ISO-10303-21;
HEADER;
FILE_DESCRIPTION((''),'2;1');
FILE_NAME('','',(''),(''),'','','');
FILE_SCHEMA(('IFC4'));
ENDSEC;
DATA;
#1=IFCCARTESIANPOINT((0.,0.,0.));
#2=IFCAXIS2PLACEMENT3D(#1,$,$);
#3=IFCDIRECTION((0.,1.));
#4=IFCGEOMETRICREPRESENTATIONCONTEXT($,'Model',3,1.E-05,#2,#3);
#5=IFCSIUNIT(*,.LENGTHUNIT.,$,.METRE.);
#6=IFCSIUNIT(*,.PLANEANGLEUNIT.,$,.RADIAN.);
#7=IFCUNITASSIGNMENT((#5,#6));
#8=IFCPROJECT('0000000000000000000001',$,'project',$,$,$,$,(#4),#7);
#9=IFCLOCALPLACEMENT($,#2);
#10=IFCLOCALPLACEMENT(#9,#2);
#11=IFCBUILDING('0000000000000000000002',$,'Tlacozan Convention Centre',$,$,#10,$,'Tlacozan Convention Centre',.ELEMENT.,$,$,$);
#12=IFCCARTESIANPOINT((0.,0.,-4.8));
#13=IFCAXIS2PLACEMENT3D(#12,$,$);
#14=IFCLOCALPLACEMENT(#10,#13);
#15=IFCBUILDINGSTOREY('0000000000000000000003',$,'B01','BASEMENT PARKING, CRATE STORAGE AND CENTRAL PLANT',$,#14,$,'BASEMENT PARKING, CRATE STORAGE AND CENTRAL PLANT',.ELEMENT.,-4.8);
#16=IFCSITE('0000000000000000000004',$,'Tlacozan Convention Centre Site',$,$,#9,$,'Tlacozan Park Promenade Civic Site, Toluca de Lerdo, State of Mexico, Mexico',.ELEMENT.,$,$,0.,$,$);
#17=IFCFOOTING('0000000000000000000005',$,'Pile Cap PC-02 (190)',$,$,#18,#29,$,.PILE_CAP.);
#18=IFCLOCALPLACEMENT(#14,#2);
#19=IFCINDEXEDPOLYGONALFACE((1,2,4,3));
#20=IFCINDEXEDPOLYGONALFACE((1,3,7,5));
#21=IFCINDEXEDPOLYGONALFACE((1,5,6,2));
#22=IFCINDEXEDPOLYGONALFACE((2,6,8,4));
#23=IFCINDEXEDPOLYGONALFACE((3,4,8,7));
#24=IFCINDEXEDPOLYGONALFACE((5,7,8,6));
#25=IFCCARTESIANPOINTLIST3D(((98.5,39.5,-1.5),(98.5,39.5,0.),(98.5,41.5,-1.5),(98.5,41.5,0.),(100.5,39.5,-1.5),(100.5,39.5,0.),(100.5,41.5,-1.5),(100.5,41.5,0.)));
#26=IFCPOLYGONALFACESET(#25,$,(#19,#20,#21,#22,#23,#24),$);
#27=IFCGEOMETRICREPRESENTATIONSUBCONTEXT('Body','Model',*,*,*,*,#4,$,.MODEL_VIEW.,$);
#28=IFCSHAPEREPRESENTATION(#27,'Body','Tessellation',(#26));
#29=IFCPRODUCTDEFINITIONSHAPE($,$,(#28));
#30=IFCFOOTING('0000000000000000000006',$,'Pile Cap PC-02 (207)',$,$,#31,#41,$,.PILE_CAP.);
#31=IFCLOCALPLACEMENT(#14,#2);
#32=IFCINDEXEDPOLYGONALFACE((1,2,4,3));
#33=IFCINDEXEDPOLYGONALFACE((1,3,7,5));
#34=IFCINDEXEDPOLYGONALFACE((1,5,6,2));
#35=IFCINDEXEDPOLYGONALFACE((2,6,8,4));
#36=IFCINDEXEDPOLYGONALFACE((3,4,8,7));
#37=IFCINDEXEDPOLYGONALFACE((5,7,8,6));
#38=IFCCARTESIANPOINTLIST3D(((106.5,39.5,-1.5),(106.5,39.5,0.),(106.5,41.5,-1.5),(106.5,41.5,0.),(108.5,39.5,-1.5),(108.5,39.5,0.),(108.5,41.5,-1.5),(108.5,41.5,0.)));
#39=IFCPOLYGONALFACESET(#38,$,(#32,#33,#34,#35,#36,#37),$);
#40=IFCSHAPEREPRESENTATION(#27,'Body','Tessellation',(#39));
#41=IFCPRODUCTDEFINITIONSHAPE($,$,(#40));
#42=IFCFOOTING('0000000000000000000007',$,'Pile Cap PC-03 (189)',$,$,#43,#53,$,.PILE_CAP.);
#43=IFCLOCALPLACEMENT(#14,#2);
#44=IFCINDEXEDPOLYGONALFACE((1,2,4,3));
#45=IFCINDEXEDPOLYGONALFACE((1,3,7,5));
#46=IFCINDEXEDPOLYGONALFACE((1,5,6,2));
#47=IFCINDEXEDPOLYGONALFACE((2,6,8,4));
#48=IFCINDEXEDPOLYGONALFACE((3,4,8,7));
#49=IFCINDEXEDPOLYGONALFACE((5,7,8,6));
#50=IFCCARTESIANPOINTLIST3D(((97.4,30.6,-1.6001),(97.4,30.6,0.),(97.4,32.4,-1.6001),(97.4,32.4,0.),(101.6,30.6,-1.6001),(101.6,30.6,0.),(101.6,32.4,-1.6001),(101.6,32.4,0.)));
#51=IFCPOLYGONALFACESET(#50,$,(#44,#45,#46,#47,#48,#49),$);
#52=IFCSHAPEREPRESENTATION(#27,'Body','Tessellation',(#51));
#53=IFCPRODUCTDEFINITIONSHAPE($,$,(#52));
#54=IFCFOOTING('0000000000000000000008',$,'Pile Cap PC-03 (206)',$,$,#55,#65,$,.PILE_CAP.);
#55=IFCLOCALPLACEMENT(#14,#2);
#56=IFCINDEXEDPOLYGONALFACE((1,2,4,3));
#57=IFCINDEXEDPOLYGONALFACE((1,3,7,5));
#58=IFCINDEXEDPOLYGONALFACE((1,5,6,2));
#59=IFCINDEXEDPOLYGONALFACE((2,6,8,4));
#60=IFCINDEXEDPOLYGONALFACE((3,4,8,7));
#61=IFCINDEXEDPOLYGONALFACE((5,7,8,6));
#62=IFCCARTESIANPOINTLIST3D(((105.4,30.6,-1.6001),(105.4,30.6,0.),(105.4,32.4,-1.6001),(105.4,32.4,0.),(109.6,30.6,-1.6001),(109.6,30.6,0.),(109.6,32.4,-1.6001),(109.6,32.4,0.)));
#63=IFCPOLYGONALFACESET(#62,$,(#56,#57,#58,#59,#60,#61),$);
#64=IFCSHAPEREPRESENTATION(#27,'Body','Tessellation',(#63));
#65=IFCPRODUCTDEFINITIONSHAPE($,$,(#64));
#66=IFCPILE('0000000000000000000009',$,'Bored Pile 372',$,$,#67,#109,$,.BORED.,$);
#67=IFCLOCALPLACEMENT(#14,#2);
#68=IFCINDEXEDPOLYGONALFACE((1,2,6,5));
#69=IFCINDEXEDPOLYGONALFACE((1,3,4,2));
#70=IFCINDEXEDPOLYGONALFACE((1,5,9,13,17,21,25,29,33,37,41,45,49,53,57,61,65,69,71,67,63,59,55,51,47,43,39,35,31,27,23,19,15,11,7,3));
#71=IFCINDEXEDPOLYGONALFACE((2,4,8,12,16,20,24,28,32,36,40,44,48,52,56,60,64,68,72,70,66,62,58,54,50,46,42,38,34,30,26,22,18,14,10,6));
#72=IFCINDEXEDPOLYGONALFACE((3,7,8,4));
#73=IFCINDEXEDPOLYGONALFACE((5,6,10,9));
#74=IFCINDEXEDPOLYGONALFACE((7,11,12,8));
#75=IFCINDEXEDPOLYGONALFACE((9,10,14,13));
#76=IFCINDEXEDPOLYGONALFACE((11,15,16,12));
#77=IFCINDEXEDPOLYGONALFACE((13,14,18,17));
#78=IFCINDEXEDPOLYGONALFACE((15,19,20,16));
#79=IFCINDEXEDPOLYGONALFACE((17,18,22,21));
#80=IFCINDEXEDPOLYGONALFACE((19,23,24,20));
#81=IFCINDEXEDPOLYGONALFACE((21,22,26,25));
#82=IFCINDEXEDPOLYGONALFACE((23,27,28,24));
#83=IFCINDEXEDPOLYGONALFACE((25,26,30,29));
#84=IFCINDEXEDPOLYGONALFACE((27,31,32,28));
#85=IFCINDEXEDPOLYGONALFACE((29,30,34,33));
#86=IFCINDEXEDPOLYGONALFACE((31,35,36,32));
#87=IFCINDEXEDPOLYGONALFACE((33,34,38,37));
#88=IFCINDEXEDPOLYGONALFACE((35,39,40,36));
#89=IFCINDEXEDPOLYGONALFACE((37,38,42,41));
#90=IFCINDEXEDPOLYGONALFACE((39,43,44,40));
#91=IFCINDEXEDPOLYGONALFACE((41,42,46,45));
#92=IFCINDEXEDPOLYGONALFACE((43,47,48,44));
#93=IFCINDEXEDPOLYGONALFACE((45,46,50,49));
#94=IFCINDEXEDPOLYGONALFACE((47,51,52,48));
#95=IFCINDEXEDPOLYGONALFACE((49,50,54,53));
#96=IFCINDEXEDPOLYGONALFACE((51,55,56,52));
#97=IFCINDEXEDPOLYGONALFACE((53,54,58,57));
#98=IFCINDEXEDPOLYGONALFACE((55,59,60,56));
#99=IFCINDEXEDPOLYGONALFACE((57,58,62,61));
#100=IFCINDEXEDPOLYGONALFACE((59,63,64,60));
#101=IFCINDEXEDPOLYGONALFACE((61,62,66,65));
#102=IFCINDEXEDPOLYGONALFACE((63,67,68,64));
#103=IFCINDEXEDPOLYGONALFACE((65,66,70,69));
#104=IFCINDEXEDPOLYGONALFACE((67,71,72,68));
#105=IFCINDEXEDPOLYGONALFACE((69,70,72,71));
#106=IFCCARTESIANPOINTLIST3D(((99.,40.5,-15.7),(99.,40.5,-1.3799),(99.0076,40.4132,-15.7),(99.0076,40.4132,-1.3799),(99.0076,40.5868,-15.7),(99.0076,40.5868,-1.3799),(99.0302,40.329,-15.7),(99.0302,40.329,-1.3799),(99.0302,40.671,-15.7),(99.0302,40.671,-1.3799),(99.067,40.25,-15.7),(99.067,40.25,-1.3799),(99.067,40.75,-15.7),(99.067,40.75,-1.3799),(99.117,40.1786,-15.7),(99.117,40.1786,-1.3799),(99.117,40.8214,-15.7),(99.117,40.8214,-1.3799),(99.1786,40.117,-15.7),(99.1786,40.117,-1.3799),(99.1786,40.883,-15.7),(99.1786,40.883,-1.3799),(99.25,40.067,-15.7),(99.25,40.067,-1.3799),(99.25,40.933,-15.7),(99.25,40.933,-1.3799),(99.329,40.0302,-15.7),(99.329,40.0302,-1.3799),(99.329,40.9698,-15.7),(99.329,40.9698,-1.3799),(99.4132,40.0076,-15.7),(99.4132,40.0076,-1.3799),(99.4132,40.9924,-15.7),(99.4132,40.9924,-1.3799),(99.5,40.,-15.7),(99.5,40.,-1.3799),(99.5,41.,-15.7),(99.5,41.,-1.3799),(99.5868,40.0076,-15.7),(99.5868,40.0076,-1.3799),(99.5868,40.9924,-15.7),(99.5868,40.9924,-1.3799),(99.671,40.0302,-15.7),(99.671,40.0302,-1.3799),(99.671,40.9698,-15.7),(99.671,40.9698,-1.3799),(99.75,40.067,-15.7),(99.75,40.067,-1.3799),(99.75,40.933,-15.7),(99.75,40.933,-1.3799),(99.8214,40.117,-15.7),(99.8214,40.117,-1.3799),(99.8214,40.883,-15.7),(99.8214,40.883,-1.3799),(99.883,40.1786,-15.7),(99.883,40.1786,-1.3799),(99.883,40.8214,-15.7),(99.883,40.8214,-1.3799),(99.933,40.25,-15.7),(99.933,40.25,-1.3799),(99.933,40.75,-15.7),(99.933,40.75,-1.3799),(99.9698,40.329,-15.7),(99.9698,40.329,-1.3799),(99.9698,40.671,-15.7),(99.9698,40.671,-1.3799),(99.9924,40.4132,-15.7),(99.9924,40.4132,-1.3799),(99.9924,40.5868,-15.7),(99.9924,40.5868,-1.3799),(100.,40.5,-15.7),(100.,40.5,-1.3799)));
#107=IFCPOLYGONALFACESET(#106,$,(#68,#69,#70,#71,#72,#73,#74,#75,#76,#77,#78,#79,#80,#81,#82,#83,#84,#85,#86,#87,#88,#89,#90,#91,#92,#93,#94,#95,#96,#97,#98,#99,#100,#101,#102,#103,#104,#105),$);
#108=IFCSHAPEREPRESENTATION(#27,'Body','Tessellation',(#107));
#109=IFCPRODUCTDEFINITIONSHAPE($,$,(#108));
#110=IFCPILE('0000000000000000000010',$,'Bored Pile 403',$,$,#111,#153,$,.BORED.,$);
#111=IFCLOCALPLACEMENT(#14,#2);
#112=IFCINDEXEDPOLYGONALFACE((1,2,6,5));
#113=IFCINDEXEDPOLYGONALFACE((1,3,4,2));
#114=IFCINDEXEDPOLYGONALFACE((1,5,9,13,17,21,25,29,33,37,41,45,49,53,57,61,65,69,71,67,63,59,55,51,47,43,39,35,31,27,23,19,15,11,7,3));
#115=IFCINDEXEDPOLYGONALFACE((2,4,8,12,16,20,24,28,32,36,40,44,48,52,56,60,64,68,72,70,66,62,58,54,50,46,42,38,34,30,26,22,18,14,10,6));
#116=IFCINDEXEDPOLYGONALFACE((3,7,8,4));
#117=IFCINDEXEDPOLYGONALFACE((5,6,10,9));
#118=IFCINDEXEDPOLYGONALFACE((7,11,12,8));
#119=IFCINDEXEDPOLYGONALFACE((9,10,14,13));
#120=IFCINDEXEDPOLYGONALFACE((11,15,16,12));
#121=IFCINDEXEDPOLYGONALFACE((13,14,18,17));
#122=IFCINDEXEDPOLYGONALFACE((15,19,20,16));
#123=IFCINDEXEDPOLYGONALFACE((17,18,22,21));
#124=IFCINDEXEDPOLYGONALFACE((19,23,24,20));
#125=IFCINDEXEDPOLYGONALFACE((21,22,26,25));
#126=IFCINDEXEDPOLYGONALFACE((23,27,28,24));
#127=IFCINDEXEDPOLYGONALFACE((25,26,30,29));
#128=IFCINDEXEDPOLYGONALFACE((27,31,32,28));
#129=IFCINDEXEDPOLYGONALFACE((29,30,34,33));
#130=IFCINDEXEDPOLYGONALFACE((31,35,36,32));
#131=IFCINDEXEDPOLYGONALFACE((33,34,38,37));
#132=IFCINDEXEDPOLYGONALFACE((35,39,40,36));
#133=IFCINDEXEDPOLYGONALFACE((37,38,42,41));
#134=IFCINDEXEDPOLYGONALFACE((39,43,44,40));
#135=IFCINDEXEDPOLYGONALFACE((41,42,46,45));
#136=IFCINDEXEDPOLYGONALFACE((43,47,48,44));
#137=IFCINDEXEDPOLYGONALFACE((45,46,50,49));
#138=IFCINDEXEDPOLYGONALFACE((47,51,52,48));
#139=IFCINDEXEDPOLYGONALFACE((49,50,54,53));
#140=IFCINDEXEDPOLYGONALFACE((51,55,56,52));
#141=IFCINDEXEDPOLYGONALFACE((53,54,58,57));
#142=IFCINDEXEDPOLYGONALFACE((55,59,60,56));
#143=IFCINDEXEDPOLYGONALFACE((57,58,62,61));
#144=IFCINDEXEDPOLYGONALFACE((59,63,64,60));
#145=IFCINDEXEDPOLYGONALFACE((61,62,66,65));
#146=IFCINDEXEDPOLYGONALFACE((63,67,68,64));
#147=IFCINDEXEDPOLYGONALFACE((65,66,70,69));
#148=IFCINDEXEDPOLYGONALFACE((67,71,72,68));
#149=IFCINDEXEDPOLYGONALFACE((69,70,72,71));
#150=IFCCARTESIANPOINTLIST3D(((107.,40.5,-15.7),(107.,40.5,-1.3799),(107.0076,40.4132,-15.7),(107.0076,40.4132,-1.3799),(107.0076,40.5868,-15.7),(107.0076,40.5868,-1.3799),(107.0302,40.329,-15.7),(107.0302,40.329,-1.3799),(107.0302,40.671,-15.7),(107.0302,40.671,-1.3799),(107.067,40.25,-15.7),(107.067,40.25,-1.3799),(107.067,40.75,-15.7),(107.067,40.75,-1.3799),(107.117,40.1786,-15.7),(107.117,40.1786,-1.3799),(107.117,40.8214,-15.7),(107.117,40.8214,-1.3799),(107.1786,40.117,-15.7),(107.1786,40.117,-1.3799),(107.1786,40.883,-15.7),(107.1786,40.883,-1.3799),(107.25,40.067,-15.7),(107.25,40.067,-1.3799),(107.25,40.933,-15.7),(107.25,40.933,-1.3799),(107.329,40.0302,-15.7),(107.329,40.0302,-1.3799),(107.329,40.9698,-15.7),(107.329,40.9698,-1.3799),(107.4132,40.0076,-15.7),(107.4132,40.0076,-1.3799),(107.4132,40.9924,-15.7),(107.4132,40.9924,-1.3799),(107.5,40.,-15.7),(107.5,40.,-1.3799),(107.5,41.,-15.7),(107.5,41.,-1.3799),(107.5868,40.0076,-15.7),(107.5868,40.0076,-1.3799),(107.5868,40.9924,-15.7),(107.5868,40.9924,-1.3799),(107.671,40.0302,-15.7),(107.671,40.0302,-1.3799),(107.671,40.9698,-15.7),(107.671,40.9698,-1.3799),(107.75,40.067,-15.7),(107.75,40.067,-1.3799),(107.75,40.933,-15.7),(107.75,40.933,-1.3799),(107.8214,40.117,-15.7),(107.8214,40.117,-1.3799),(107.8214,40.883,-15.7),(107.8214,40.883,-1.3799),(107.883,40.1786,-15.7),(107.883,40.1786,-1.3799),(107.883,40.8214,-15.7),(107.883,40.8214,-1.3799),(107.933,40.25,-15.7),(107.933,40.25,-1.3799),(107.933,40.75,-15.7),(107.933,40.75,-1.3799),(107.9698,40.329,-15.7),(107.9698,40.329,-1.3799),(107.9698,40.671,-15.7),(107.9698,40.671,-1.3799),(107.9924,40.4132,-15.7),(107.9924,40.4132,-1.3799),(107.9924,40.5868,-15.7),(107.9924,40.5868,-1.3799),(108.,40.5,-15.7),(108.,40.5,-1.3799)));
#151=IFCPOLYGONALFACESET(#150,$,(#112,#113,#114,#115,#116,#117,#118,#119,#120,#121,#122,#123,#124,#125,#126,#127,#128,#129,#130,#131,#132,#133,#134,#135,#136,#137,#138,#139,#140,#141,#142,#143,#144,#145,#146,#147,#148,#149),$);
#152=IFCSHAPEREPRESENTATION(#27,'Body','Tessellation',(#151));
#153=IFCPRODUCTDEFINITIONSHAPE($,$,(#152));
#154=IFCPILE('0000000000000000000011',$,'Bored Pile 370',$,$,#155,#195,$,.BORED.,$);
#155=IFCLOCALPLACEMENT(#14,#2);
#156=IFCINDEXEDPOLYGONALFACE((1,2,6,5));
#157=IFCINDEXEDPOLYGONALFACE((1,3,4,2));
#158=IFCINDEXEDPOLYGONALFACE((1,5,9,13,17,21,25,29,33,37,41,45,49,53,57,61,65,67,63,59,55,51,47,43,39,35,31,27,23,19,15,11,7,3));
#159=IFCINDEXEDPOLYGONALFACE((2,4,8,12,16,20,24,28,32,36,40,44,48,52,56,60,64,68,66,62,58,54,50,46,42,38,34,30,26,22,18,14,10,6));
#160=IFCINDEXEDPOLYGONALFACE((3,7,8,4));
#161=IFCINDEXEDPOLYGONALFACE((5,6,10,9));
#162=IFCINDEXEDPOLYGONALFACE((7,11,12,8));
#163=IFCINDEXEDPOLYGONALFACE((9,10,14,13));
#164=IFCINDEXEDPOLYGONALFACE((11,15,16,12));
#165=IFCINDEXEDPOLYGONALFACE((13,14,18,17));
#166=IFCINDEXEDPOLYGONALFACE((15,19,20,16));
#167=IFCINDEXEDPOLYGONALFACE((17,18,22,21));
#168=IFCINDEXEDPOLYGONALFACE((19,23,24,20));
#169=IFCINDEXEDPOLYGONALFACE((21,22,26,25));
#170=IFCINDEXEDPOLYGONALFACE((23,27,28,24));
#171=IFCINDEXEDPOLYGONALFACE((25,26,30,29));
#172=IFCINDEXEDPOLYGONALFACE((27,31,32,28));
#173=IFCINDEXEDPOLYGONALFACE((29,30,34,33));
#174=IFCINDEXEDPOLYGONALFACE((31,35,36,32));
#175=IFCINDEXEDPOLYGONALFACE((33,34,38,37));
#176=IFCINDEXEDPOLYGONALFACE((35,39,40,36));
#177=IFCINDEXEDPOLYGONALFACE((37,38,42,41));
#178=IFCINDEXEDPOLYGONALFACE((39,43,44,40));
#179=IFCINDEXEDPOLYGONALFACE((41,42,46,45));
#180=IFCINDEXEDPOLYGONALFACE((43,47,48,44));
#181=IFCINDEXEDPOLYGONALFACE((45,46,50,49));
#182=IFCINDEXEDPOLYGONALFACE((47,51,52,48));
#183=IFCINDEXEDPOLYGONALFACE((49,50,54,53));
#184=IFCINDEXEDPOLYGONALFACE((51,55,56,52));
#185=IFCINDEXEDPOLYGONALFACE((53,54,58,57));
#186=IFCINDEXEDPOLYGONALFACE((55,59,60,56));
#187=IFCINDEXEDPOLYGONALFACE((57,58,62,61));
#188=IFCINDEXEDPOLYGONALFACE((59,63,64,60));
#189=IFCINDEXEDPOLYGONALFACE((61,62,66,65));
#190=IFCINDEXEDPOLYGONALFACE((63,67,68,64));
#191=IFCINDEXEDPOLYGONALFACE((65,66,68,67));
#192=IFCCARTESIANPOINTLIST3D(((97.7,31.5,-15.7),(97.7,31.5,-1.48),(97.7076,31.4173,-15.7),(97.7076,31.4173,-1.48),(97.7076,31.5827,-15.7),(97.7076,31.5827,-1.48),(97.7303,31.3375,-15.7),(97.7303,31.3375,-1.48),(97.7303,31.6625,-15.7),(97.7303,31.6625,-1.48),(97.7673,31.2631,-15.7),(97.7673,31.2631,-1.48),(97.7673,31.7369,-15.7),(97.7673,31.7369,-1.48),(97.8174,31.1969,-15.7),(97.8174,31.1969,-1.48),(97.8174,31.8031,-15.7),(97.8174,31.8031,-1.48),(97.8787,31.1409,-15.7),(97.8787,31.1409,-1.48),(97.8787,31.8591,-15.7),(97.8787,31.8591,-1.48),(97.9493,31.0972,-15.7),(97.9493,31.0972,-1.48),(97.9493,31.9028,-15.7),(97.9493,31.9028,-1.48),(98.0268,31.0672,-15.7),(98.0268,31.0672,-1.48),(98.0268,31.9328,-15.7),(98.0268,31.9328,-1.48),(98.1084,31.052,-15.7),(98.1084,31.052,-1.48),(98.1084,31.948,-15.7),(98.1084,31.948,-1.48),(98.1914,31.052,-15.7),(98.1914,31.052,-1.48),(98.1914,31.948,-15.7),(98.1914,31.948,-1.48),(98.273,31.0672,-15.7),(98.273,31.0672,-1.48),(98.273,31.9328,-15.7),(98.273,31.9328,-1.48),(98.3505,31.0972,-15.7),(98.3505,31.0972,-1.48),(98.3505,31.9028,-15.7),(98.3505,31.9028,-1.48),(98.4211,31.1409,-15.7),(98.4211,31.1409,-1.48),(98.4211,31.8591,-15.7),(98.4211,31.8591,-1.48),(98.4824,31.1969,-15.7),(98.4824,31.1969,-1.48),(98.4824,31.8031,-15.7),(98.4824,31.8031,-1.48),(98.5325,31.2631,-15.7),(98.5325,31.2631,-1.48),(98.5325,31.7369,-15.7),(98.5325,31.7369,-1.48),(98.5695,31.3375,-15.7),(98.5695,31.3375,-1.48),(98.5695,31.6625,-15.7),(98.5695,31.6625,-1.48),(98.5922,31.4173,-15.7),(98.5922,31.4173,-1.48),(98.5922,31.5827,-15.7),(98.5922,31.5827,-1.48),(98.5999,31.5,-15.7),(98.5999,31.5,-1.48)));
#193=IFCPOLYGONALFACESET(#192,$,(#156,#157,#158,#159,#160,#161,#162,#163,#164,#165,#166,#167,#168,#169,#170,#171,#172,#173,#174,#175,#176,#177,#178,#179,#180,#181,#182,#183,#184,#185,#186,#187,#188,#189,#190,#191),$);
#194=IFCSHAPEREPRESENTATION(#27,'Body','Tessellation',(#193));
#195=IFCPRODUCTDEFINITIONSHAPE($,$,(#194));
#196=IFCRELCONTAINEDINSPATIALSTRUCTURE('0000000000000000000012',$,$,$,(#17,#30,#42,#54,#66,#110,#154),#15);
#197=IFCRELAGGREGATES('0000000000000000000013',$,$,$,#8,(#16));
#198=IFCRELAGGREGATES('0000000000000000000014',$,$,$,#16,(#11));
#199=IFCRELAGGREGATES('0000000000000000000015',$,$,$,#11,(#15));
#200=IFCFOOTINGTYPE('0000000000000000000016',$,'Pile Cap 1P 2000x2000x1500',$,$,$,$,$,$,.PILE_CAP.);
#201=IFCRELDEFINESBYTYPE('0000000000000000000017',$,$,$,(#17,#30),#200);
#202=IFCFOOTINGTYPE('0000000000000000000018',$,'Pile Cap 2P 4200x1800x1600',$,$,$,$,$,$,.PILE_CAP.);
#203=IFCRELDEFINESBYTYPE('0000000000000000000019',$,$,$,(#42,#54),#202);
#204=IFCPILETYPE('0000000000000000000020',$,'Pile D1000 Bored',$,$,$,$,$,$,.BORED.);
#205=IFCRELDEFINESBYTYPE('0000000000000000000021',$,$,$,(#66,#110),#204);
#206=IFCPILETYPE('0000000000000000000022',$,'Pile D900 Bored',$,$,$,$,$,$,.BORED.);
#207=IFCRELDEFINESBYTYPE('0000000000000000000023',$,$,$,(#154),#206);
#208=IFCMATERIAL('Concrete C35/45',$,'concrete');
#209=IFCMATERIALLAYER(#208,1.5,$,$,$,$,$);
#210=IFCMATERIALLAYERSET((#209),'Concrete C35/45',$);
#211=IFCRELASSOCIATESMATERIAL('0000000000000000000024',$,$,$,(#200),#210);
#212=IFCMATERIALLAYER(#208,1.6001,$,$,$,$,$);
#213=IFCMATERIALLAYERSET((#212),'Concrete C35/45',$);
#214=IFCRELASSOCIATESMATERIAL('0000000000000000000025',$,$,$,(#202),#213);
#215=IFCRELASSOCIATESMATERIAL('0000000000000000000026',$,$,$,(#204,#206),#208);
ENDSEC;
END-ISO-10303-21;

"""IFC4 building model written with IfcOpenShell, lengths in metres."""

from ifc_helpers import new_model, si_unit, direction, frame, origin, origin_2d, place, context, subcontext, project, spatial, rectangle, circle, extrude, material, layer, layer_set, material_profile, profile_set, type_object, element, save


model = new_model("IFC4")

# Units and contexts
model_context = context("Model", 3, precision=1e-05, world=origin(), true_north=direction((0.0, 1.0)))
body_context = subcontext(model_context, "Body", "Model", "MODEL_VIEW")
ifc_project = project(units=[si_unit("LENGTHUNIT", "METRE"), si_unit("PLANEANGLEUNIT", "RADIAN")], contexts=[model_context])

# Site, building, storey
site_placement = place(None, origin())
site = spatial("IfcSite", under=ifc_project, at=site_placement, Name="Tlacozan Convention Centre Site", LongName="Tlacozan Park Promenade Civic Site, Toluca de Lerdo, State of Mexico, Mexico", CompositionType="ELEMENT", RefElevation=0.0)
building_placement = place(site_placement, origin())
building = spatial("IfcBuilding", under=site, at=building_placement, Name="Tlacozan Convention Centre", LongName="Tlacozan Convention Centre", CompositionType="ELEMENT")
storey_placement = place(building_placement, frame((0.0, 0.0, -4.8)))
storey = spatial("IfcBuildingStorey", under=building, at=storey_placement, Name="B01", Description="BASEMENT PARKING, CRATE STORAGE AND CENTRAL PLANT", LongName="BASEMENT PARKING, CRATE STORAGE AND CENTRAL PLANT", CompositionType="ELEMENT", Elevation=-4.8)

# Footings
ifc_material_1 = material(Name="Concrete C35/45", Category="concrete")
ifc_layer_1 = layer(ifc_material_1, 1.5)
ifc_layer_set_1 = layer_set([ifc_layer_1], Name="Concrete C35/45")
footing_type_1 = type_object("IfcFootingType", Name="Pile Cap 1P 2000x2000x1500", PredefinedType="PILE_CAP", material=ifc_layer_set_1)
for number, where, z_axis, x_axis, name in (
    (1, (99.5, 40.5, -1.5), (0.0, 0.0, 1.0), (1.0, 0.0, 0.0), "Pile Cap PC-02 (190)"),
    (2, (107.5, 40.5, -1.5), (0.0, 0.0, 1.0), (1.0, 0.0, 0.0), "Pile Cap PC-02 (207)"),
):
    element("IfcFooting", number, at=place(storey_placement, frame(where, z_axis=z_axis, x_axis=x_axis)), inside=storey, type_object=footing_type_1, Name=name, PredefinedType="PILE_CAP", context=body_context, shape_type="SweptSolid", body=[
        extrude(rectangle(XDim=2.0, YDim=2.0, at=origin_2d()), origin(), (0.0, 0.0, 1.0), 1.5),
    ])
ifc_layer_2 = layer(ifc_material_1, 1.6001)
ifc_layer_set_2 = layer_set([ifc_layer_2], Name="Concrete C35/45")
footing_type_2 = type_object("IfcFootingType", Name="Pile Cap 2P 4200x1800x1600", PredefinedType="PILE_CAP", material=ifc_layer_set_2)
for number, where, z_axis, x_axis, name in (
    (3, (99.5, 31.5, -1.6001), (0.0, 0.0, 1.0), (1.0, 0.0, 0.0), "Pile Cap PC-03 (189)"),
    (4, (107.5, 31.5, -1.6001), (0.0, 0.0, 1.0), (1.0, 0.0, 0.0), "Pile Cap PC-03 (206)"),
):
    element("IfcFooting", number, at=place(storey_placement, frame(where, z_axis=z_axis, x_axis=x_axis)), inside=storey, type_object=footing_type_2, Name=name, PredefinedType="PILE_CAP", context=body_context, shape_type="SweptSolid", body=[
        extrude(rectangle(XDim=4.2, YDim=1.8, at=origin_2d()), origin(), (0.0, 0.0, 1.0), 1.6001),
    ])

# Piles
ifc_material_profile_1 = material_profile(ifc_material_1, circle(Radius=0.5, at=origin_2d()), Name="PILE D1000")
ifc_profile_set_1 = profile_set([ifc_material_profile_1], Name="Concrete C35/45")
pile_type_1 = type_object("IfcPileType", Name="Pile D1000 Bored", PredefinedType="BORED", material=ifc_profile_set_1)
for number, where, z_axis, x_axis, name in (
    (5, (99.5, 40.5, -1.3799), (0.0, 0.0, -1.0), (1.0, 0.0, 0.0), "Bored Pile 372"),
    (6, (107.5, 40.5, -1.3799), (0.0, 0.0, -1.0), (1.0, 0.0, 0.0), "Bored Pile 403"),
):
    element("IfcPile", number, at=place(storey_placement, frame(where, z_axis=z_axis, x_axis=x_axis)), inside=storey, type_object=pile_type_1, Name=name, PredefinedType="BORED", context=body_context, shape_type="SweptSolid", body=[
        extrude(circle(Radius=0.5, at=origin_2d()), origin(), (0.0, 0.0, 1.0), 14.3201),
    ])
ifc_material_profile_2 = material_profile(ifc_material_1, circle(Radius=0.45, at=origin_2d()), Name="PILE D900")
ifc_profile_set_2 = profile_set([ifc_material_profile_2], Name="Concrete C35/45")
pile_type_2 = type_object("IfcPileType", Name="Pile D900 Bored", PredefinedType="BORED", material=ifc_profile_set_2)
for number, where, z_axis, x_axis, name in (
    (7, (98.1499, 31.5, -1.48), (0.0, 0.0, -1.0), (1.0, 0.0, 0.0), "Bored Pile 370"),
):
    element("IfcPile", number, at=place(storey_placement, frame(where, z_axis=z_axis, x_axis=x_axis)), inside=storey, type_object=pile_type_2, Name=name, PredefinedType="BORED", context=body_context, shape_type="SweptSolid", body=[
        extrude(circle(Radius=0.45, at=origin_2d()), origin(), (0.0, 0.0, 1.0), 14.22),
    ])

save(model, "model.ifc")
